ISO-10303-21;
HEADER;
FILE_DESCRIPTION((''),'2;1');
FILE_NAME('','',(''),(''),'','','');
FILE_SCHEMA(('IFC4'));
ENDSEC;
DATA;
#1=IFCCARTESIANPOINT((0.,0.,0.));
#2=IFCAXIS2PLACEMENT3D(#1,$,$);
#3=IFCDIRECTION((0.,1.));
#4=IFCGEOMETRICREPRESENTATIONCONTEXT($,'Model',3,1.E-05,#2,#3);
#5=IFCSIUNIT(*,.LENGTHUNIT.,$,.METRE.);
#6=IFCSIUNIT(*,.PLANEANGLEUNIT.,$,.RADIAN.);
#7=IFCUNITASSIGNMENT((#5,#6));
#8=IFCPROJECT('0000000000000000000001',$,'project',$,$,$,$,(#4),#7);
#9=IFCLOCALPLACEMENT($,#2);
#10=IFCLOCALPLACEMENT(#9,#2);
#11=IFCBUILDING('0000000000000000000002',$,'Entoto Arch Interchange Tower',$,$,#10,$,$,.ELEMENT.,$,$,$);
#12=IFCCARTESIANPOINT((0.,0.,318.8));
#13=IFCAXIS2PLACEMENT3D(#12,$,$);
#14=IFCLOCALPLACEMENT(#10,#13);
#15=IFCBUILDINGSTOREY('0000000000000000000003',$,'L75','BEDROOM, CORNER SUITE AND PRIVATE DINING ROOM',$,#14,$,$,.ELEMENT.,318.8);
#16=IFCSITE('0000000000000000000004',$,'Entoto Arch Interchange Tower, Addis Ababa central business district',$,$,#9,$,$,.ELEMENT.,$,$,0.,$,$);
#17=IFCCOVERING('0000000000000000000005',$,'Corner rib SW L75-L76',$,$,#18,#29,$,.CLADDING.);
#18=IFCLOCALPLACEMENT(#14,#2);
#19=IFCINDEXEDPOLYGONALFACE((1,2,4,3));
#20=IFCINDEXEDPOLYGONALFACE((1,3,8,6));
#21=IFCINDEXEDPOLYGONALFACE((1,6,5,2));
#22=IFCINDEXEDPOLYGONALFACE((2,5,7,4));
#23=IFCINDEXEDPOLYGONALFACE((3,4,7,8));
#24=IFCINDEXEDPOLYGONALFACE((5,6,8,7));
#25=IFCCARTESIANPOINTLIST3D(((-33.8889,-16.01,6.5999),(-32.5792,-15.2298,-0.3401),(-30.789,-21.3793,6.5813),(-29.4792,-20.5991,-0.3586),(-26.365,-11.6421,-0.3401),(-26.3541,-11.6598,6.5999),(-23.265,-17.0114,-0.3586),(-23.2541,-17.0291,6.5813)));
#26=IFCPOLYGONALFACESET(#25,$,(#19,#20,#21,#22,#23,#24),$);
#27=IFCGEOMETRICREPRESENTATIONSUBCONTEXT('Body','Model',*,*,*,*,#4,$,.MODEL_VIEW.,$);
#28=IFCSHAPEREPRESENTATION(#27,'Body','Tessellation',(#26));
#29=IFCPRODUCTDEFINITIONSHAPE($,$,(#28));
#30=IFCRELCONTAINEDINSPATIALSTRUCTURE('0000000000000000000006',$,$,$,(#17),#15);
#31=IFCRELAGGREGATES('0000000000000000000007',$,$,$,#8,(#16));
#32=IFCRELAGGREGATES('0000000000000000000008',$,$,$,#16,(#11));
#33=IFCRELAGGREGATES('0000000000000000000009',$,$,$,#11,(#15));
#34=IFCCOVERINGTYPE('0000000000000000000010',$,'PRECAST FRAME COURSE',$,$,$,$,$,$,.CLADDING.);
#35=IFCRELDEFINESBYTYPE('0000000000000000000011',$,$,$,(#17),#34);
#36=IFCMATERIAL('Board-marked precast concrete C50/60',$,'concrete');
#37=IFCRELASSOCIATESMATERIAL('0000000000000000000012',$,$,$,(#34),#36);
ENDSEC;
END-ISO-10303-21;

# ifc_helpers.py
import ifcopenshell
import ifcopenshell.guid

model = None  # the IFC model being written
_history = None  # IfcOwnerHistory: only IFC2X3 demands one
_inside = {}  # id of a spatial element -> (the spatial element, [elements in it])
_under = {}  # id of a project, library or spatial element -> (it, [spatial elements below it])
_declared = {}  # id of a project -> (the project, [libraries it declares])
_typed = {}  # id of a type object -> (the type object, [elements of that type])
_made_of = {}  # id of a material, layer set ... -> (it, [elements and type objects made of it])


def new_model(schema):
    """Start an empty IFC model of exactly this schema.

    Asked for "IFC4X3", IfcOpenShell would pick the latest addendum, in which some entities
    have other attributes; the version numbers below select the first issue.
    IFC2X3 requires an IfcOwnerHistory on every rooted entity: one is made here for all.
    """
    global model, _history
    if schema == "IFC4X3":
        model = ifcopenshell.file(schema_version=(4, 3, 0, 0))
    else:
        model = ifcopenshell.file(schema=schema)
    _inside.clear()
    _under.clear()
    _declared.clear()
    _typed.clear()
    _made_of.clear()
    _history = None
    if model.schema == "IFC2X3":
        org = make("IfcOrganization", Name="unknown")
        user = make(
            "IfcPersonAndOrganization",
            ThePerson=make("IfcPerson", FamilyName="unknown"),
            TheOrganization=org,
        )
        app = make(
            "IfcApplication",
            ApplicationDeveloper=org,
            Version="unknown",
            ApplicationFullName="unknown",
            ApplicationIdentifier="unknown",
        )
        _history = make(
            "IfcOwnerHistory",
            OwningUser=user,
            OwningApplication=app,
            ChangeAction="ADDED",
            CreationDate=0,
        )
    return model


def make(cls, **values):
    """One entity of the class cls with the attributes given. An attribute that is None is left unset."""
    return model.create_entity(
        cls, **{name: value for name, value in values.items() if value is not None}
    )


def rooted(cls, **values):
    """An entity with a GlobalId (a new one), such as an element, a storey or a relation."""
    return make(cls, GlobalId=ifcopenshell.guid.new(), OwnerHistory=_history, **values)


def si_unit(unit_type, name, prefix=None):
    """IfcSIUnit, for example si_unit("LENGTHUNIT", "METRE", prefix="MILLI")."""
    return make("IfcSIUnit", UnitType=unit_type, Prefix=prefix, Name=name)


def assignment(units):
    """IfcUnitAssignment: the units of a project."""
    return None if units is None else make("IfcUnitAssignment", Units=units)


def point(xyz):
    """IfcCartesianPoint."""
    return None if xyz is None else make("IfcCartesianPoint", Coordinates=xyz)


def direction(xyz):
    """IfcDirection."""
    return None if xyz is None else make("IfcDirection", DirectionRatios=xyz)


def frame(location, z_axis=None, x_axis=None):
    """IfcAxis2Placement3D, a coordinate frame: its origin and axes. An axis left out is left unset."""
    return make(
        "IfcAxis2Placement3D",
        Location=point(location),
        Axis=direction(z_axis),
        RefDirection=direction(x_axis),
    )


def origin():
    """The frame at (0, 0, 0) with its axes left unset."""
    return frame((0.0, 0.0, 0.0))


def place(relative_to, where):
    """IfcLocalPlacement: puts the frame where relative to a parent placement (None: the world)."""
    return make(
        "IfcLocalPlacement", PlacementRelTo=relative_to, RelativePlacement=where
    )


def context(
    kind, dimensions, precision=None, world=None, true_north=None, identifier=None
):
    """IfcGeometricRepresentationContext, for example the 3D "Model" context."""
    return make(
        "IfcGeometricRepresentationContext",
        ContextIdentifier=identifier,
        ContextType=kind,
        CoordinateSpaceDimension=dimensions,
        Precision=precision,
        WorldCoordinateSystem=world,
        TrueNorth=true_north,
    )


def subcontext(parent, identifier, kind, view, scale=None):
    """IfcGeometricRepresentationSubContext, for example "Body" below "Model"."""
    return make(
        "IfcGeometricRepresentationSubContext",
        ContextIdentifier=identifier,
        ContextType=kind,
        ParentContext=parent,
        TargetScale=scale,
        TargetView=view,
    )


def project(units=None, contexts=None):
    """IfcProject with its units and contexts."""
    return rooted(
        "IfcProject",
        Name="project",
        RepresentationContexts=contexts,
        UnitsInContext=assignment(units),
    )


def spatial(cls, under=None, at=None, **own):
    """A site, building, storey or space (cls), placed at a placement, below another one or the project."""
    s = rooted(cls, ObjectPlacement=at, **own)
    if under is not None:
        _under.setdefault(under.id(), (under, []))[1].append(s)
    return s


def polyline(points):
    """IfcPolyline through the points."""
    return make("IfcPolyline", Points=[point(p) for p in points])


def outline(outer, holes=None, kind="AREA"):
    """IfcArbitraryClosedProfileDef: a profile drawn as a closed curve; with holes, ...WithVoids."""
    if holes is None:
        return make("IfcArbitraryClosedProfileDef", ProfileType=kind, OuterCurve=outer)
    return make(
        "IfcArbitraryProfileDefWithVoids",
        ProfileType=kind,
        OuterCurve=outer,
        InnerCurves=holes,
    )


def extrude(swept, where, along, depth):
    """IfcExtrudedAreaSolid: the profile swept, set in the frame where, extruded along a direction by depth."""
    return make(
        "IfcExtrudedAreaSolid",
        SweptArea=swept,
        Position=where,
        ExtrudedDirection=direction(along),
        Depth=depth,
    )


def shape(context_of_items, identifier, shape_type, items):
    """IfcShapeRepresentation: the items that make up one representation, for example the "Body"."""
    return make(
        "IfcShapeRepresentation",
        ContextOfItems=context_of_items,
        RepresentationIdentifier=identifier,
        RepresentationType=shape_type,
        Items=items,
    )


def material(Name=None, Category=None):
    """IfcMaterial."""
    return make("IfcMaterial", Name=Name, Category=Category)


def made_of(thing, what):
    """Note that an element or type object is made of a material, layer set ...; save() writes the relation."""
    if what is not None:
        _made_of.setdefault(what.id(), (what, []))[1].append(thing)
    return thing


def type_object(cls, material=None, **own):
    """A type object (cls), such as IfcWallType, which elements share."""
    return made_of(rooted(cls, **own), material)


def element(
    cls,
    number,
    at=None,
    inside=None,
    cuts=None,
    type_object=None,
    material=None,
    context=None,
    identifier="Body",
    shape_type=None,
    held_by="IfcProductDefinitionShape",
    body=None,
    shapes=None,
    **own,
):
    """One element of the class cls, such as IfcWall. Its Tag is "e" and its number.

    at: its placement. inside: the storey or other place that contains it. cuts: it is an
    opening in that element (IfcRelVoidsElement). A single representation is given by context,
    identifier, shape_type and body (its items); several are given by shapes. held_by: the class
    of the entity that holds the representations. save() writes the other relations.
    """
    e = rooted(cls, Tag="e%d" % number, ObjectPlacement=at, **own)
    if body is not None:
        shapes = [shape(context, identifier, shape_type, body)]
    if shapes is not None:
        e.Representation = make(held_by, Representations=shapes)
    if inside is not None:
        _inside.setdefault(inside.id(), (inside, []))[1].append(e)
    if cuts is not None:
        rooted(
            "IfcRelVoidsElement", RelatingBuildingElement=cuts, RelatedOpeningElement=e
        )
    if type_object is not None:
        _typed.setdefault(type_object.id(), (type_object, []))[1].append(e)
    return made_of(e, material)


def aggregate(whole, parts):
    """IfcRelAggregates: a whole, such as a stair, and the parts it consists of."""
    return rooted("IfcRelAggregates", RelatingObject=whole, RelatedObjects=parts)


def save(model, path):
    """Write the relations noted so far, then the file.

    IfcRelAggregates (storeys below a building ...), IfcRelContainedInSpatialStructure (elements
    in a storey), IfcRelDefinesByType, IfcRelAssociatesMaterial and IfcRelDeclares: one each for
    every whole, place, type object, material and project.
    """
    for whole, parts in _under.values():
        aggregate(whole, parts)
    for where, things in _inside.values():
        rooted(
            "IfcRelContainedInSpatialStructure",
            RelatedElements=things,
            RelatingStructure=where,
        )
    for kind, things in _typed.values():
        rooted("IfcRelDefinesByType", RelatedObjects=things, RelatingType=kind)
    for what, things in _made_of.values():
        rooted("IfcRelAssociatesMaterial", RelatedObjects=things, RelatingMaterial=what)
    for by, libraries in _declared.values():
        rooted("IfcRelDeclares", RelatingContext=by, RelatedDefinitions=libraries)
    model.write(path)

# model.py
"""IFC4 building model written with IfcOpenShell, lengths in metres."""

from ifc_helpers import new_model, si_unit, direction, frame, origin, place, context, subcontext, project, spatial, polyline, outline, extrude, material, type_object, element, save


model = new_model("IFC4")

# Units and contexts
model_context = context("Model", 3, precision=1e-05, world=origin(), true_north=direction((0.0, 1.0)))
body_context = subcontext(model_context, "Body", "Model", "MODEL_VIEW")
ifc_project = project(units=[si_unit("LENGTHUNIT", "METRE"), si_unit("PLANEANGLEUNIT", "RADIAN")], contexts=[model_context])

# Site, building, storey
site_placement = place(None, origin())
site = spatial("IfcSite", under=ifc_project, at=site_placement, Name="Entoto Arch Interchange Tower, Addis Ababa central business district", CompositionType="ELEMENT", RefElevation=0.0)
building_placement = place(site_placement, origin())
building = spatial("IfcBuilding", under=site, at=building_placement, Name="Entoto Arch Interchange Tower", CompositionType="ELEMENT")
storey_placement = place(building_placement, frame((0.0, 0.0, 318.8)))
storey = spatial("IfcBuildingStorey", under=building, at=storey_placement, Name="L75", Description="BEDROOM, CORNER SUITE AND PRIVATE DINING ROOM", CompositionType="ELEMENT", Elevation=318.8)

# Covering
ifc_material_1 = material(Name="Board-marked precast concrete C50/60", Category="concrete")
covering_type = type_object("IfcCoveringType", Name="PRECAST FRAME COURSE", PredefinedType="CLADDING", material=ifc_material_1)
covering_1_placement = place(storey_placement, frame((-26.365, -11.6421, -0.3401), z_axis=(-0.499997, 0.866022, 0.002993), x_axis=(-0.866026, -0.499999, 0.0)))
element("IfcCovering", 1, at=covering_1_placement, inside=storey, type_object=covering_type, Name="Corner rib SW L75-L76", PredefinedType="CLADDING", context=body_context, shape_type="SweptSolid", body=[
    extrude(outline(polyline([(0.0, 0.0), (7.1755, 0.0), (8.6999, 6.94), (-0.0006, 6.94), (0.0, 0.0)])), origin(), (0.0, 0.0, -1.0), 6.2),
])

save(model, "model.ifc")
